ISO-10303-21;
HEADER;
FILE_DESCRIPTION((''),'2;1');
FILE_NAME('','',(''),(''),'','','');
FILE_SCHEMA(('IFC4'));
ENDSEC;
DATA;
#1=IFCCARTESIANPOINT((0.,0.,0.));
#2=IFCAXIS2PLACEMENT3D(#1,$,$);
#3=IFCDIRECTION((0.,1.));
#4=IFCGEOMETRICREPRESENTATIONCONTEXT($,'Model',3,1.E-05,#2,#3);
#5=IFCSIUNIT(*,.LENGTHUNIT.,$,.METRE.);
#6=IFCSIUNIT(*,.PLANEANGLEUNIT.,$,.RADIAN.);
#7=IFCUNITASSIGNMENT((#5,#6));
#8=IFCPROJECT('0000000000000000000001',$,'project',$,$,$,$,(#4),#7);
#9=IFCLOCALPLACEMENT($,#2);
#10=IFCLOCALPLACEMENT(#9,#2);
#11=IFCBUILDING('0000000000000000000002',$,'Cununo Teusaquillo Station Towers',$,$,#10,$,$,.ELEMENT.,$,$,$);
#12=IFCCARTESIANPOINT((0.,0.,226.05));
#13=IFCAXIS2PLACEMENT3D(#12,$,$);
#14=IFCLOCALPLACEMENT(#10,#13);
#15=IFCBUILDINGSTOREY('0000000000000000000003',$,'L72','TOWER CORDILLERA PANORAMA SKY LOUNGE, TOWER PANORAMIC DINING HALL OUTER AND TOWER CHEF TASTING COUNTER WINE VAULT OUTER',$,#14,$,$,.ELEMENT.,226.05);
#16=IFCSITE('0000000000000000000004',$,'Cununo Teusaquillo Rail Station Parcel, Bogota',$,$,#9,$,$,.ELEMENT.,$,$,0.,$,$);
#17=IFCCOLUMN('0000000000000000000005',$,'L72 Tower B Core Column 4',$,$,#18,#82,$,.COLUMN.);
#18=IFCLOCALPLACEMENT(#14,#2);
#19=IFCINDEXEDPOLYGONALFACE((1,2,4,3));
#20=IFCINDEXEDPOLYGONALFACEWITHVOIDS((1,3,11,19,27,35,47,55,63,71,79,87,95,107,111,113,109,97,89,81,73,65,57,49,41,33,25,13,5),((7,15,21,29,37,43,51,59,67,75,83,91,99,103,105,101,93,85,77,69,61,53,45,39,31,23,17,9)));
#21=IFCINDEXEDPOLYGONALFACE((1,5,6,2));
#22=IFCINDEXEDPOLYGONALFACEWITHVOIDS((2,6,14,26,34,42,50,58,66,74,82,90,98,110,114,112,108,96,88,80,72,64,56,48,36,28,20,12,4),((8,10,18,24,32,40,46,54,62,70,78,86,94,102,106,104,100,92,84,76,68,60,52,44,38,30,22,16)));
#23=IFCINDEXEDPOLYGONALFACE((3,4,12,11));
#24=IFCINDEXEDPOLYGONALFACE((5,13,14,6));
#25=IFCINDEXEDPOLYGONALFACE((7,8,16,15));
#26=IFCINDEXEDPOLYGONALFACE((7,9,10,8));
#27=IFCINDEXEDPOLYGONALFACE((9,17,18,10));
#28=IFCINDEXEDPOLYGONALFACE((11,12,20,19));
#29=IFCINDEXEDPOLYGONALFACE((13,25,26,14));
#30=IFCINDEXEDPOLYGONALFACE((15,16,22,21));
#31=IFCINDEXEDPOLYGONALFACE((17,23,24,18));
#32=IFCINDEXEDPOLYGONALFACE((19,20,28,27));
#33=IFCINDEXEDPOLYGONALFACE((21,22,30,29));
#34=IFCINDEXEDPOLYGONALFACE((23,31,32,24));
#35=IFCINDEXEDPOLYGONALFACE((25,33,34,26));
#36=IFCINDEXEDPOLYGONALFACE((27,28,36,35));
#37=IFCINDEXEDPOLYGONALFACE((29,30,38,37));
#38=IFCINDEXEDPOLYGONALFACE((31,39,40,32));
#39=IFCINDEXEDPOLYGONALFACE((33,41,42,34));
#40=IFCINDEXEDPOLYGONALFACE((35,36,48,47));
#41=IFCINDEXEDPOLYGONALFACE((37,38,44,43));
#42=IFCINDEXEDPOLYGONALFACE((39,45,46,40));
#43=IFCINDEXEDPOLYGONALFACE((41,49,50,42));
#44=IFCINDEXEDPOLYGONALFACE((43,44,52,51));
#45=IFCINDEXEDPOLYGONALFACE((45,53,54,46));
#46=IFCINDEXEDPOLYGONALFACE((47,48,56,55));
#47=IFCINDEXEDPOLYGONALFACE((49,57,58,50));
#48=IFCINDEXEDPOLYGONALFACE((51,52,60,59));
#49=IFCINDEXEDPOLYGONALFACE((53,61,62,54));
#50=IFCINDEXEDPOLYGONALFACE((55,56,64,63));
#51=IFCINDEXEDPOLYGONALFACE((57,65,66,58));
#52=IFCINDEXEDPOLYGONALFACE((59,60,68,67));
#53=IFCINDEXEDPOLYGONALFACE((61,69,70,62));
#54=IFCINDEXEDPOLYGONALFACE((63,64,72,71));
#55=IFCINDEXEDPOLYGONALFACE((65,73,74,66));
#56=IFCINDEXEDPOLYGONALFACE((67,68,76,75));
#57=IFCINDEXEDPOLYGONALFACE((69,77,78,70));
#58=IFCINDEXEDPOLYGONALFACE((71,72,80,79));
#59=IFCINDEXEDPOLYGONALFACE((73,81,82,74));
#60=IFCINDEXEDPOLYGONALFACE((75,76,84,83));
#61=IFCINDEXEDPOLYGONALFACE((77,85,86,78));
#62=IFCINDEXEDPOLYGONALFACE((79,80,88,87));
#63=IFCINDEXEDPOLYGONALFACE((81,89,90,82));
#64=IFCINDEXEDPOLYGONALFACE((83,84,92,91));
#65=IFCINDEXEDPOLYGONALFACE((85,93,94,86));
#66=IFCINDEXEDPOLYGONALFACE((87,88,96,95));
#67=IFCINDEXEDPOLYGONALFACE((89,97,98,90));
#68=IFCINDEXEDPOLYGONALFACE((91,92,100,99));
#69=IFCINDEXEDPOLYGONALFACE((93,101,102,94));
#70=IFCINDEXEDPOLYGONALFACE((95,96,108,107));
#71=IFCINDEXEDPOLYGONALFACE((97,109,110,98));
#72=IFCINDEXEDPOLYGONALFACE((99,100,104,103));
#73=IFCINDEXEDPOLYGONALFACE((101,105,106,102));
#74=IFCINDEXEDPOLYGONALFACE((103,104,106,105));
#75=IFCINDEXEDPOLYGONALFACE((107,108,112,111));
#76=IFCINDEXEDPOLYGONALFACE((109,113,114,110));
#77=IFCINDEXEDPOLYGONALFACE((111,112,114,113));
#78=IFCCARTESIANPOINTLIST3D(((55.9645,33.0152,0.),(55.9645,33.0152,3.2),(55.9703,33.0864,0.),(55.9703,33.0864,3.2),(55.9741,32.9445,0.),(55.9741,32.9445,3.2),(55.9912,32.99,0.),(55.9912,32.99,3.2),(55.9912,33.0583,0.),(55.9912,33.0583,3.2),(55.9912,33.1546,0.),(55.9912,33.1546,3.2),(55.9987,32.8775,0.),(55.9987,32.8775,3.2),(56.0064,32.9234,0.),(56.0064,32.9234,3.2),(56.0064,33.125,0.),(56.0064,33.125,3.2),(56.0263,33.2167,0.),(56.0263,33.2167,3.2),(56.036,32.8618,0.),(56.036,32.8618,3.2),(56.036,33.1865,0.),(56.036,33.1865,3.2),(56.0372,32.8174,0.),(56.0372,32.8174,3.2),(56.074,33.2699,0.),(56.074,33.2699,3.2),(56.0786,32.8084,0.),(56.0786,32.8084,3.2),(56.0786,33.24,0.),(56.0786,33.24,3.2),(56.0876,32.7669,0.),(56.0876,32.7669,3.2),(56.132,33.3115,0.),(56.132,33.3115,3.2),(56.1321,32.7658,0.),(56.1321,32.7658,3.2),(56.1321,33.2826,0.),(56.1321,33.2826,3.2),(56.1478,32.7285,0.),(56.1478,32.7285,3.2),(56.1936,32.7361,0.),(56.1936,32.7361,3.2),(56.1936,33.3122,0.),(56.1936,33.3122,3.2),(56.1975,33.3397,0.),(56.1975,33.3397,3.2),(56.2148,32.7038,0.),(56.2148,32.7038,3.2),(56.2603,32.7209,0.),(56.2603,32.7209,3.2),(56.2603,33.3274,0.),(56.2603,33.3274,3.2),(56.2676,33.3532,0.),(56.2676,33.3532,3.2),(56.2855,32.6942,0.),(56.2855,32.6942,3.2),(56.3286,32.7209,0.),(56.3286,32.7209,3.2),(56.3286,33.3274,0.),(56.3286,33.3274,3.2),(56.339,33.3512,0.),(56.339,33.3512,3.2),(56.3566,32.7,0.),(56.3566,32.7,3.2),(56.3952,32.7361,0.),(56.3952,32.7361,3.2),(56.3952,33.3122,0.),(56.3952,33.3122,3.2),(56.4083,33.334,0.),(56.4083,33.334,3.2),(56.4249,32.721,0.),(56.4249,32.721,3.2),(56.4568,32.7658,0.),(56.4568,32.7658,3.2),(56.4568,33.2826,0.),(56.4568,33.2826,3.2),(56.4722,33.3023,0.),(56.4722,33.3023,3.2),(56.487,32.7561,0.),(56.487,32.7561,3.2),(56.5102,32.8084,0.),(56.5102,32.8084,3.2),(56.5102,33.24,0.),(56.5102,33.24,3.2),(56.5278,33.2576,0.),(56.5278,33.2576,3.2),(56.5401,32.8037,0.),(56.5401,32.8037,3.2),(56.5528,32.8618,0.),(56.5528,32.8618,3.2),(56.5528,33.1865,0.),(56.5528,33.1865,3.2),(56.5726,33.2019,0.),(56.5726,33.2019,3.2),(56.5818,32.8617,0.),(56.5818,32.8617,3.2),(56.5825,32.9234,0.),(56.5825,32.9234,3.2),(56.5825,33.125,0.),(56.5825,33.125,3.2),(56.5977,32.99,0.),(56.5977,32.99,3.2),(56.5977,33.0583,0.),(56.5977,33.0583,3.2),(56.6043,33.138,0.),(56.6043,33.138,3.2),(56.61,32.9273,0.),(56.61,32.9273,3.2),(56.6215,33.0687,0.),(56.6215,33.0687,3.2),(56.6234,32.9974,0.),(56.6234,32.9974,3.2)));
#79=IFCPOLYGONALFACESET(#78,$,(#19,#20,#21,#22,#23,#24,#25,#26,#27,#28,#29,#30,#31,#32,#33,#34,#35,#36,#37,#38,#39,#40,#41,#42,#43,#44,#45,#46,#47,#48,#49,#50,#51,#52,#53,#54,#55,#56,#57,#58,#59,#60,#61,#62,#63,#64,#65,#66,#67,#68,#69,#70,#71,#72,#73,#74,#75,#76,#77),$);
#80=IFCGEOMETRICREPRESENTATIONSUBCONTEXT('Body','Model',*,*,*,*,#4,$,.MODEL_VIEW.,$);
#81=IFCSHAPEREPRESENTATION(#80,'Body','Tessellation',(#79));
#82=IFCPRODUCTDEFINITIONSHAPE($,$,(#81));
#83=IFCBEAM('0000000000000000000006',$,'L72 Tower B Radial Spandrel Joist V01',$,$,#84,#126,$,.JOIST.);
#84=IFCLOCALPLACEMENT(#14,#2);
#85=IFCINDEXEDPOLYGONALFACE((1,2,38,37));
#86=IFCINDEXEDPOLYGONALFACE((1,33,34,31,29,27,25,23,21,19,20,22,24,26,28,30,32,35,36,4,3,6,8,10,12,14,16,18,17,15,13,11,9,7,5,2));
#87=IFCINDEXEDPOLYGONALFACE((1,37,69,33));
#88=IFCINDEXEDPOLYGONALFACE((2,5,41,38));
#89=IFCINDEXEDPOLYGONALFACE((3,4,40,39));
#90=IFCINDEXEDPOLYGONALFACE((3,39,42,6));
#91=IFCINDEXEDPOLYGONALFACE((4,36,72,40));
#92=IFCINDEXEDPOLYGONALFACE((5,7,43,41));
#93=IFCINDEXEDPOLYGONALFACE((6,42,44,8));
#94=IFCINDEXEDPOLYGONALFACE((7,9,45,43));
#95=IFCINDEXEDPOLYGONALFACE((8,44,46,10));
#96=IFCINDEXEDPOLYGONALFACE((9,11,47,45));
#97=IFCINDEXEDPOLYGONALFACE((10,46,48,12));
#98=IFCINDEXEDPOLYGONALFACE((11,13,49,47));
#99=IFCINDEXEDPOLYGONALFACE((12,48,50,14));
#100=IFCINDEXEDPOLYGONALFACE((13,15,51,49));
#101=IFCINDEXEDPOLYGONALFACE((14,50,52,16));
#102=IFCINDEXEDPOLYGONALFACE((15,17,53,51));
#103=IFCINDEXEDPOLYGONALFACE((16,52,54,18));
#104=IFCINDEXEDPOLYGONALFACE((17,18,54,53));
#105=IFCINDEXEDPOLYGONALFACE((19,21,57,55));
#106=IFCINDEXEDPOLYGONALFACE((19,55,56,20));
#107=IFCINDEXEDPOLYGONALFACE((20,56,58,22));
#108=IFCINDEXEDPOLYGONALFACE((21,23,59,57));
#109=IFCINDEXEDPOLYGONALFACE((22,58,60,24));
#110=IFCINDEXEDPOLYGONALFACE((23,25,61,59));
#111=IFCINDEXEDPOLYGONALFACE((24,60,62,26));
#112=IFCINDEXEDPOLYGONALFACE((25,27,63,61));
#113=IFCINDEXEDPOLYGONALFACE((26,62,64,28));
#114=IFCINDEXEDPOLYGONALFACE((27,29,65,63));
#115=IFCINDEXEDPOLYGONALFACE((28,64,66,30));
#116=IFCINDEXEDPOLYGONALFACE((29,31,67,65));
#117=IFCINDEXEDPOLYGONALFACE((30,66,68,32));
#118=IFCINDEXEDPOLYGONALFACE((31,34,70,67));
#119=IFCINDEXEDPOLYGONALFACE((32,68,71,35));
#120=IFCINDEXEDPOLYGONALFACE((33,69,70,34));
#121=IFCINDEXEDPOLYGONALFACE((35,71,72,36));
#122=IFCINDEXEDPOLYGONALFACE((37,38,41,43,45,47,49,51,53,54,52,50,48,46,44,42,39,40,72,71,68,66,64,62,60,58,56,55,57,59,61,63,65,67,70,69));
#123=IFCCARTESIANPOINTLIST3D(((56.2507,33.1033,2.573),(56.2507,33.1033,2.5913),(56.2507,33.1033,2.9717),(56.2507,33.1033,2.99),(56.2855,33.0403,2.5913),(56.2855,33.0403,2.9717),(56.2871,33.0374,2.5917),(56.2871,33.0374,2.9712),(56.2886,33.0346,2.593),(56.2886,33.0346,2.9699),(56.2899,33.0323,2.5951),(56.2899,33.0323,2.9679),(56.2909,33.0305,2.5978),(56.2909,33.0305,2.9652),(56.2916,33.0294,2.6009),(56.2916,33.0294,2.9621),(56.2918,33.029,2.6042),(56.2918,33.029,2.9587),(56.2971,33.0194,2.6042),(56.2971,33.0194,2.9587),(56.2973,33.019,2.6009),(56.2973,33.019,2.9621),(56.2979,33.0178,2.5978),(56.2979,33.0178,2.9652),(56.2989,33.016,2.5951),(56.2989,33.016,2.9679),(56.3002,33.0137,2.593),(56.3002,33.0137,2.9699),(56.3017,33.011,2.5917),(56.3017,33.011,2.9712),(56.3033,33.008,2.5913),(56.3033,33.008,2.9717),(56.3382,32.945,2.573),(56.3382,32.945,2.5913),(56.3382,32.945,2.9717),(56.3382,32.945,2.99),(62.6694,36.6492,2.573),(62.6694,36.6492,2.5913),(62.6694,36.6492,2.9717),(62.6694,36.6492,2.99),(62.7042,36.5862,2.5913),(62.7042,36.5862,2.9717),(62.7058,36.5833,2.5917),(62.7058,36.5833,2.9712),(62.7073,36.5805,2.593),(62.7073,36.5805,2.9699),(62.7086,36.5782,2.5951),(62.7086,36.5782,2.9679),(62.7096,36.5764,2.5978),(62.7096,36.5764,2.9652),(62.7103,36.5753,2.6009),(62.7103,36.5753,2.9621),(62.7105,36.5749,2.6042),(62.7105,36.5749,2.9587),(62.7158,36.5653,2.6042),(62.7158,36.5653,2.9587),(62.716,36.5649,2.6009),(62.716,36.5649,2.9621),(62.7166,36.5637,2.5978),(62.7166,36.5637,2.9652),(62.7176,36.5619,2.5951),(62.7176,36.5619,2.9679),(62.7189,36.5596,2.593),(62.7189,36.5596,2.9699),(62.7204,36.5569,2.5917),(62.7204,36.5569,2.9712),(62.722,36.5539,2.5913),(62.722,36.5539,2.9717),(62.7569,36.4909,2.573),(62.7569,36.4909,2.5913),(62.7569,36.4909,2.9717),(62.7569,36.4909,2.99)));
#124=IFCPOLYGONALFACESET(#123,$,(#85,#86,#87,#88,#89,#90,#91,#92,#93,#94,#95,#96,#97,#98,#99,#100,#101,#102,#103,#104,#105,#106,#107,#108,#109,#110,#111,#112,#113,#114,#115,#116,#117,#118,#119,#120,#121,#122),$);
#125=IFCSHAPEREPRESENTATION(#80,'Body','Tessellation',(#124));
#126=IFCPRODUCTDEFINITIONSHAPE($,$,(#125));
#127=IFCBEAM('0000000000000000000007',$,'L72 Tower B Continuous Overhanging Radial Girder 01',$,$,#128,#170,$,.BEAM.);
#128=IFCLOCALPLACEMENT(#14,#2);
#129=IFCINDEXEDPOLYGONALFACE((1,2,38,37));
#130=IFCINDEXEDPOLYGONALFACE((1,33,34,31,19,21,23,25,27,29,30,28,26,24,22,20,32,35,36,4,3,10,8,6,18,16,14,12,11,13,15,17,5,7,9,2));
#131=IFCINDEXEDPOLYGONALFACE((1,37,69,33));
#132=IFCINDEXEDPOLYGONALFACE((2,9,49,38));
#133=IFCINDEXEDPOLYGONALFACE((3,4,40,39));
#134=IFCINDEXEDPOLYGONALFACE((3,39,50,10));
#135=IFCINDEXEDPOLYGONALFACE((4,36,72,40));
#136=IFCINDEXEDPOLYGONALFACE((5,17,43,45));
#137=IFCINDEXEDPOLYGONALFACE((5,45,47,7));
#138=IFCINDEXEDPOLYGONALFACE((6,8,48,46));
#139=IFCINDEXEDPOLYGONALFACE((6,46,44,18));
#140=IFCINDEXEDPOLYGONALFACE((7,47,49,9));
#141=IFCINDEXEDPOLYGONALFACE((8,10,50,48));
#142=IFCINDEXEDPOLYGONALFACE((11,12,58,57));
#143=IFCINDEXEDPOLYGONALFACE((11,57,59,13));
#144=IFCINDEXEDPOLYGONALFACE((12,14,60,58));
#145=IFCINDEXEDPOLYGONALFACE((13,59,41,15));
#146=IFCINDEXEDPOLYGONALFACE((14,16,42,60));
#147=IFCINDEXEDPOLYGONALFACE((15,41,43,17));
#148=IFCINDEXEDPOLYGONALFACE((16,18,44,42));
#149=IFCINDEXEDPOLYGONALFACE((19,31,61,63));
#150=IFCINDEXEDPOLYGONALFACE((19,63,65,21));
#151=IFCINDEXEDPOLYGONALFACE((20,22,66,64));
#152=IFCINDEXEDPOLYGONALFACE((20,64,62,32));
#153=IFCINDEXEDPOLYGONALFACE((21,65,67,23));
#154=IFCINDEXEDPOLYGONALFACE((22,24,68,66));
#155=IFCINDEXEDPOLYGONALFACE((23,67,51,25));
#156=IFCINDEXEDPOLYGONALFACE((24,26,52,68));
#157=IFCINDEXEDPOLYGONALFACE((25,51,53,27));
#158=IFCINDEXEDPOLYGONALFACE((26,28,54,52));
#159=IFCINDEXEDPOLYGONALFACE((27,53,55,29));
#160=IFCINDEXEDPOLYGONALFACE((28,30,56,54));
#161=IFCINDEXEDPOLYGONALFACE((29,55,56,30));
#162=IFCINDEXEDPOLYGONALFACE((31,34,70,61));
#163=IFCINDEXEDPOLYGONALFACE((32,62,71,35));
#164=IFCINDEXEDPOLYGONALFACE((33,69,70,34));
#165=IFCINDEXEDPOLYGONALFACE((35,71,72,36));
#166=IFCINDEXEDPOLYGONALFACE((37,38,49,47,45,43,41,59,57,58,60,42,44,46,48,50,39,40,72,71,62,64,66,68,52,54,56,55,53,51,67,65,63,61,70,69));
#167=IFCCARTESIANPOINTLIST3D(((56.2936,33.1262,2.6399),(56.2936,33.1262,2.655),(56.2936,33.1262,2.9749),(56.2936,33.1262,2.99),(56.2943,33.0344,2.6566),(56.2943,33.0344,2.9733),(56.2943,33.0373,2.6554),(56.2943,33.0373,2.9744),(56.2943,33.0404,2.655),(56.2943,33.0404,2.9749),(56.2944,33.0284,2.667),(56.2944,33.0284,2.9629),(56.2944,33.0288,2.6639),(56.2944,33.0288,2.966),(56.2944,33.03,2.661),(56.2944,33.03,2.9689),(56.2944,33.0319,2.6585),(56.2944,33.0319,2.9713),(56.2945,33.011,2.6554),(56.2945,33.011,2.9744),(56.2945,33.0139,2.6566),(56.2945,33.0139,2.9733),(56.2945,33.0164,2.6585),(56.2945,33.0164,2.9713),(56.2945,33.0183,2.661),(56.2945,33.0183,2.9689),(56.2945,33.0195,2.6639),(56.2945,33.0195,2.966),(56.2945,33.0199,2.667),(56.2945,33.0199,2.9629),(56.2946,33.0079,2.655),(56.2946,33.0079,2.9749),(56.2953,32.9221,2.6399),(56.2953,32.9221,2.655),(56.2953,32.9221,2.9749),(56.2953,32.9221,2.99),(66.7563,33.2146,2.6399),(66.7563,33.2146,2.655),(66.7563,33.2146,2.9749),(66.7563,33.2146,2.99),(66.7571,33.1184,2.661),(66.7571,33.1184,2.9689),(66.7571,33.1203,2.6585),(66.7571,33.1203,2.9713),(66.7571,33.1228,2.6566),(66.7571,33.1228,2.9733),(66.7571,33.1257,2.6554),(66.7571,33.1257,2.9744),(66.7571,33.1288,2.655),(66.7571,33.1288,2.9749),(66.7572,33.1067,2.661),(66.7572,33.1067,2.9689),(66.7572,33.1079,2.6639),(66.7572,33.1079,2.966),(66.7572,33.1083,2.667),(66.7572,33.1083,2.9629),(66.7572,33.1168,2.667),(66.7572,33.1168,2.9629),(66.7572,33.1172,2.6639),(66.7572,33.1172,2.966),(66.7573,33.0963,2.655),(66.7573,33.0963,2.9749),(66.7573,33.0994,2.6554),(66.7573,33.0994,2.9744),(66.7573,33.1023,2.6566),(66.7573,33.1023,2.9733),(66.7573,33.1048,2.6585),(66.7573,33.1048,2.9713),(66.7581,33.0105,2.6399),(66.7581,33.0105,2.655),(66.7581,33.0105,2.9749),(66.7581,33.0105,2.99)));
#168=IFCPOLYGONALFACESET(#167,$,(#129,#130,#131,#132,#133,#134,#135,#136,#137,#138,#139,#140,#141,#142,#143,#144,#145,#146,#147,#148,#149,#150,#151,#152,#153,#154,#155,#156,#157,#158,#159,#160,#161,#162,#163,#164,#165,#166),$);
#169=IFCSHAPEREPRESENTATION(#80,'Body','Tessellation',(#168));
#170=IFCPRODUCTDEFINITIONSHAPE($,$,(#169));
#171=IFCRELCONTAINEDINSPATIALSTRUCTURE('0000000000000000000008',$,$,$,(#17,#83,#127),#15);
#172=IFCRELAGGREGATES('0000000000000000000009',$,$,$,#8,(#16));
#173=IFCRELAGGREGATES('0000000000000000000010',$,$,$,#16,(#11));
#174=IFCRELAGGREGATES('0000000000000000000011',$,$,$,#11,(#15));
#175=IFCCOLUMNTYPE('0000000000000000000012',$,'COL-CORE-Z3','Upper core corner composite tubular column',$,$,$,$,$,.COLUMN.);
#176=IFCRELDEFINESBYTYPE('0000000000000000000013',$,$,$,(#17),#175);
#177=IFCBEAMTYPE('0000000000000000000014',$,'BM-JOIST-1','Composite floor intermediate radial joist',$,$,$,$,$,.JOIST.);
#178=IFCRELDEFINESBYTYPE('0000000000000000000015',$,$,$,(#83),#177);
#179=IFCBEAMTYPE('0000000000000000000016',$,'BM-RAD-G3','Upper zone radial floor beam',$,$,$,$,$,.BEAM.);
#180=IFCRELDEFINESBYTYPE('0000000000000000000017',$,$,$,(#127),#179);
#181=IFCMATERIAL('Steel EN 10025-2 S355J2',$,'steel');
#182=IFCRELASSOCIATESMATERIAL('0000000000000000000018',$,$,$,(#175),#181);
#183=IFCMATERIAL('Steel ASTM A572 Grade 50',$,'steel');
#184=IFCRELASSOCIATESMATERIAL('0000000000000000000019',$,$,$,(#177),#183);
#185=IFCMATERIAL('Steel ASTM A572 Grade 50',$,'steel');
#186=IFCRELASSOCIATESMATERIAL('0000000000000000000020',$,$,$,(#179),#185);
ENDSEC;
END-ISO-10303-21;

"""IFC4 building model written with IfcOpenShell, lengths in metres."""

from ifc_helpers import new_model, si_unit, direction, frame, origin, origin_2d, place, context, subcontext, project, spatial, hollow_circle, i_section, extrude, material, material_profile, profile_set, type_object, element, save


model = new_model("IFC4")

# Units and contexts
model_context = context("Model", 3, precision=1e-05, world=origin(), true_north=direction((0.0, 1.0)))
body_context = subcontext(model_context, "Body", "Model", "MODEL_VIEW")
ifc_project = project(units=[si_unit("LENGTHUNIT", "METRE"), si_unit("PLANEANGLEUNIT", "RADIAN")], contexts=[model_context])

# Site, building, storey
site_placement = place(None, origin())
site = spatial("IfcSite", under=ifc_project, at=site_placement, Name="Cununo Teusaquillo Rail Station Parcel, Bogota", CompositionType="ELEMENT", RefElevation=0.0)
building_placement = place(site_placement, origin())
building = spatial("IfcBuilding", under=site, at=building_placement, Name="Cununo Teusaquillo Station Towers", CompositionType="ELEMENT")
storey_placement = place(building_placement, frame((0.0, 0.0, 226.05)))
storey = spatial("IfcBuildingStorey", under=building, at=storey_placement, Name="L72", Description="TOWER CORDILLERA PANORAMA SKY LOUNGE, TOWER PANORAMIC DINING HALL OUTER AND TOWER CHEF TASTING COUNTER WINE VAULT OUTER", CompositionType="ELEMENT", Elevation=226.05)

# Column
ifc_material_1 = material(Name="Steel EN 10025-2 S355J2", Category="steel")
ifc_material_profile_1 = material_profile(ifc_material_1, hollow_circle(Radius=0.3301, WallThickness=0.0249, at=origin_2d()), Name="CHS 660x25")
ifc_profile_set_1 = profile_set([ifc_material_profile_1], Name="Steel EN 10025-2 S355J2")
column_type = type_object("IfcColumnType", Name="COL-CORE-Z3", Description="Upper core corner composite tubular column", PredefinedType="COLUMN", material=ifc_profile_set_1)
column_placement = place(storey_placement, frame((56.2944, 33.0242, 0.0), z_axis=(0.0, 0.0, 1.0), x_axis=(0.707107, 0.707107, 0.0)))
element("IfcColumn", 1, at=column_placement, inside=storey, type_object=column_type, Name="L72 Tower B Core Column 4", PredefinedType="COLUMN", context=body_context, shape_type="SweptSolid", body=[
    extrude(hollow_circle(Radius=0.3301, WallThickness=0.0249, at=origin_2d()), origin(), (0.0, 0.0, 1.0), 3.2),
])

# Beams
ifc_material_2 = material(Name="Steel ASTM A572 Grade 50", Category="steel")
ifc_material_profile_2 = material_profile(ifc_material_2, i_section(OverallWidth=0.1809, OverallDepth=0.417, WebThickness=0.011, FlangeThickness=0.0183, FilletRadius=0.0129, at=origin_2d()), Name="W16X57")
ifc_profile_set_2 = profile_set([ifc_material_profile_2], Name="Steel ASTM A572 Grade 50")
beam_type_1 = type_object("IfcBeamType", Name="BM-JOIST-1", Description="Composite floor intermediate radial joist", PredefinedType="JOIST", material=ifc_profile_set_2)
beam_1_placement = place(storey_placement, frame((56.2944, 33.0242, 2.7815), z_axis=(0.875315, 0.483553, 0.0), x_axis=(-0.483553, 0.875315, 0.0)))
element("IfcBeam", 2, at=beam_1_placement, inside=storey, type_object=beam_type_1, Name="L72 Tower B Radial Spandrel Joist V01", PredefinedType="JOIST", context=body_context, shape_type="SweptSolid", body=[
    extrude(i_section(OverallWidth=0.1809, OverallDepth=0.417, WebThickness=0.011, FlangeThickness=0.0183, FilletRadius=0.0129, at=origin_2d()), origin(), (0.0, 0.0, 1.0), 7.333),
])
ifc_material_3 = material(Name="Steel ASTM A572 Grade 50", Category="steel")
ifc_material_profile_3 = material_profile(ifc_material_3, i_section(OverallWidth=0.2041, OverallDepth=0.3501, WebThickness=0.0085, FlangeThickness=0.0151, FilletRadius=0.012, at=origin_2d()), Name="W14X48")
ifc_profile_set_3 = profile_set([ifc_material_profile_3], Name="Steel ASTM A572 Grade 50")
beam_type_2 = type_object("IfcBeamType", Name="BM-RAD-G3", Description="Upper zone radial floor beam", PredefinedType="BEAM", material=ifc_profile_set_3)
beam_2_placement = place(storey_placement, frame((56.2944, 33.0242, 2.8149), z_axis=(0.999964, 0.008447, 0.0), x_axis=(-0.008447, 0.999964, 0.0)))
element("IfcBeam", 3, at=beam_2_placement, inside=storey, type_object=beam_type_2, Name="L72 Tower B Continuous Overhanging Radial Girder 01", PredefinedType="BEAM", context=body_context, shape_type="SweptSolid", body=[
    extrude(i_section(OverallWidth=0.2041, OverallDepth=0.3501, WebThickness=0.0085, FlangeThickness=0.0151, FilletRadius=0.012, at=origin_2d()), origin(), (0.0, 0.0, 1.0), 10.4631),
])

save(model, "model.ifc")
